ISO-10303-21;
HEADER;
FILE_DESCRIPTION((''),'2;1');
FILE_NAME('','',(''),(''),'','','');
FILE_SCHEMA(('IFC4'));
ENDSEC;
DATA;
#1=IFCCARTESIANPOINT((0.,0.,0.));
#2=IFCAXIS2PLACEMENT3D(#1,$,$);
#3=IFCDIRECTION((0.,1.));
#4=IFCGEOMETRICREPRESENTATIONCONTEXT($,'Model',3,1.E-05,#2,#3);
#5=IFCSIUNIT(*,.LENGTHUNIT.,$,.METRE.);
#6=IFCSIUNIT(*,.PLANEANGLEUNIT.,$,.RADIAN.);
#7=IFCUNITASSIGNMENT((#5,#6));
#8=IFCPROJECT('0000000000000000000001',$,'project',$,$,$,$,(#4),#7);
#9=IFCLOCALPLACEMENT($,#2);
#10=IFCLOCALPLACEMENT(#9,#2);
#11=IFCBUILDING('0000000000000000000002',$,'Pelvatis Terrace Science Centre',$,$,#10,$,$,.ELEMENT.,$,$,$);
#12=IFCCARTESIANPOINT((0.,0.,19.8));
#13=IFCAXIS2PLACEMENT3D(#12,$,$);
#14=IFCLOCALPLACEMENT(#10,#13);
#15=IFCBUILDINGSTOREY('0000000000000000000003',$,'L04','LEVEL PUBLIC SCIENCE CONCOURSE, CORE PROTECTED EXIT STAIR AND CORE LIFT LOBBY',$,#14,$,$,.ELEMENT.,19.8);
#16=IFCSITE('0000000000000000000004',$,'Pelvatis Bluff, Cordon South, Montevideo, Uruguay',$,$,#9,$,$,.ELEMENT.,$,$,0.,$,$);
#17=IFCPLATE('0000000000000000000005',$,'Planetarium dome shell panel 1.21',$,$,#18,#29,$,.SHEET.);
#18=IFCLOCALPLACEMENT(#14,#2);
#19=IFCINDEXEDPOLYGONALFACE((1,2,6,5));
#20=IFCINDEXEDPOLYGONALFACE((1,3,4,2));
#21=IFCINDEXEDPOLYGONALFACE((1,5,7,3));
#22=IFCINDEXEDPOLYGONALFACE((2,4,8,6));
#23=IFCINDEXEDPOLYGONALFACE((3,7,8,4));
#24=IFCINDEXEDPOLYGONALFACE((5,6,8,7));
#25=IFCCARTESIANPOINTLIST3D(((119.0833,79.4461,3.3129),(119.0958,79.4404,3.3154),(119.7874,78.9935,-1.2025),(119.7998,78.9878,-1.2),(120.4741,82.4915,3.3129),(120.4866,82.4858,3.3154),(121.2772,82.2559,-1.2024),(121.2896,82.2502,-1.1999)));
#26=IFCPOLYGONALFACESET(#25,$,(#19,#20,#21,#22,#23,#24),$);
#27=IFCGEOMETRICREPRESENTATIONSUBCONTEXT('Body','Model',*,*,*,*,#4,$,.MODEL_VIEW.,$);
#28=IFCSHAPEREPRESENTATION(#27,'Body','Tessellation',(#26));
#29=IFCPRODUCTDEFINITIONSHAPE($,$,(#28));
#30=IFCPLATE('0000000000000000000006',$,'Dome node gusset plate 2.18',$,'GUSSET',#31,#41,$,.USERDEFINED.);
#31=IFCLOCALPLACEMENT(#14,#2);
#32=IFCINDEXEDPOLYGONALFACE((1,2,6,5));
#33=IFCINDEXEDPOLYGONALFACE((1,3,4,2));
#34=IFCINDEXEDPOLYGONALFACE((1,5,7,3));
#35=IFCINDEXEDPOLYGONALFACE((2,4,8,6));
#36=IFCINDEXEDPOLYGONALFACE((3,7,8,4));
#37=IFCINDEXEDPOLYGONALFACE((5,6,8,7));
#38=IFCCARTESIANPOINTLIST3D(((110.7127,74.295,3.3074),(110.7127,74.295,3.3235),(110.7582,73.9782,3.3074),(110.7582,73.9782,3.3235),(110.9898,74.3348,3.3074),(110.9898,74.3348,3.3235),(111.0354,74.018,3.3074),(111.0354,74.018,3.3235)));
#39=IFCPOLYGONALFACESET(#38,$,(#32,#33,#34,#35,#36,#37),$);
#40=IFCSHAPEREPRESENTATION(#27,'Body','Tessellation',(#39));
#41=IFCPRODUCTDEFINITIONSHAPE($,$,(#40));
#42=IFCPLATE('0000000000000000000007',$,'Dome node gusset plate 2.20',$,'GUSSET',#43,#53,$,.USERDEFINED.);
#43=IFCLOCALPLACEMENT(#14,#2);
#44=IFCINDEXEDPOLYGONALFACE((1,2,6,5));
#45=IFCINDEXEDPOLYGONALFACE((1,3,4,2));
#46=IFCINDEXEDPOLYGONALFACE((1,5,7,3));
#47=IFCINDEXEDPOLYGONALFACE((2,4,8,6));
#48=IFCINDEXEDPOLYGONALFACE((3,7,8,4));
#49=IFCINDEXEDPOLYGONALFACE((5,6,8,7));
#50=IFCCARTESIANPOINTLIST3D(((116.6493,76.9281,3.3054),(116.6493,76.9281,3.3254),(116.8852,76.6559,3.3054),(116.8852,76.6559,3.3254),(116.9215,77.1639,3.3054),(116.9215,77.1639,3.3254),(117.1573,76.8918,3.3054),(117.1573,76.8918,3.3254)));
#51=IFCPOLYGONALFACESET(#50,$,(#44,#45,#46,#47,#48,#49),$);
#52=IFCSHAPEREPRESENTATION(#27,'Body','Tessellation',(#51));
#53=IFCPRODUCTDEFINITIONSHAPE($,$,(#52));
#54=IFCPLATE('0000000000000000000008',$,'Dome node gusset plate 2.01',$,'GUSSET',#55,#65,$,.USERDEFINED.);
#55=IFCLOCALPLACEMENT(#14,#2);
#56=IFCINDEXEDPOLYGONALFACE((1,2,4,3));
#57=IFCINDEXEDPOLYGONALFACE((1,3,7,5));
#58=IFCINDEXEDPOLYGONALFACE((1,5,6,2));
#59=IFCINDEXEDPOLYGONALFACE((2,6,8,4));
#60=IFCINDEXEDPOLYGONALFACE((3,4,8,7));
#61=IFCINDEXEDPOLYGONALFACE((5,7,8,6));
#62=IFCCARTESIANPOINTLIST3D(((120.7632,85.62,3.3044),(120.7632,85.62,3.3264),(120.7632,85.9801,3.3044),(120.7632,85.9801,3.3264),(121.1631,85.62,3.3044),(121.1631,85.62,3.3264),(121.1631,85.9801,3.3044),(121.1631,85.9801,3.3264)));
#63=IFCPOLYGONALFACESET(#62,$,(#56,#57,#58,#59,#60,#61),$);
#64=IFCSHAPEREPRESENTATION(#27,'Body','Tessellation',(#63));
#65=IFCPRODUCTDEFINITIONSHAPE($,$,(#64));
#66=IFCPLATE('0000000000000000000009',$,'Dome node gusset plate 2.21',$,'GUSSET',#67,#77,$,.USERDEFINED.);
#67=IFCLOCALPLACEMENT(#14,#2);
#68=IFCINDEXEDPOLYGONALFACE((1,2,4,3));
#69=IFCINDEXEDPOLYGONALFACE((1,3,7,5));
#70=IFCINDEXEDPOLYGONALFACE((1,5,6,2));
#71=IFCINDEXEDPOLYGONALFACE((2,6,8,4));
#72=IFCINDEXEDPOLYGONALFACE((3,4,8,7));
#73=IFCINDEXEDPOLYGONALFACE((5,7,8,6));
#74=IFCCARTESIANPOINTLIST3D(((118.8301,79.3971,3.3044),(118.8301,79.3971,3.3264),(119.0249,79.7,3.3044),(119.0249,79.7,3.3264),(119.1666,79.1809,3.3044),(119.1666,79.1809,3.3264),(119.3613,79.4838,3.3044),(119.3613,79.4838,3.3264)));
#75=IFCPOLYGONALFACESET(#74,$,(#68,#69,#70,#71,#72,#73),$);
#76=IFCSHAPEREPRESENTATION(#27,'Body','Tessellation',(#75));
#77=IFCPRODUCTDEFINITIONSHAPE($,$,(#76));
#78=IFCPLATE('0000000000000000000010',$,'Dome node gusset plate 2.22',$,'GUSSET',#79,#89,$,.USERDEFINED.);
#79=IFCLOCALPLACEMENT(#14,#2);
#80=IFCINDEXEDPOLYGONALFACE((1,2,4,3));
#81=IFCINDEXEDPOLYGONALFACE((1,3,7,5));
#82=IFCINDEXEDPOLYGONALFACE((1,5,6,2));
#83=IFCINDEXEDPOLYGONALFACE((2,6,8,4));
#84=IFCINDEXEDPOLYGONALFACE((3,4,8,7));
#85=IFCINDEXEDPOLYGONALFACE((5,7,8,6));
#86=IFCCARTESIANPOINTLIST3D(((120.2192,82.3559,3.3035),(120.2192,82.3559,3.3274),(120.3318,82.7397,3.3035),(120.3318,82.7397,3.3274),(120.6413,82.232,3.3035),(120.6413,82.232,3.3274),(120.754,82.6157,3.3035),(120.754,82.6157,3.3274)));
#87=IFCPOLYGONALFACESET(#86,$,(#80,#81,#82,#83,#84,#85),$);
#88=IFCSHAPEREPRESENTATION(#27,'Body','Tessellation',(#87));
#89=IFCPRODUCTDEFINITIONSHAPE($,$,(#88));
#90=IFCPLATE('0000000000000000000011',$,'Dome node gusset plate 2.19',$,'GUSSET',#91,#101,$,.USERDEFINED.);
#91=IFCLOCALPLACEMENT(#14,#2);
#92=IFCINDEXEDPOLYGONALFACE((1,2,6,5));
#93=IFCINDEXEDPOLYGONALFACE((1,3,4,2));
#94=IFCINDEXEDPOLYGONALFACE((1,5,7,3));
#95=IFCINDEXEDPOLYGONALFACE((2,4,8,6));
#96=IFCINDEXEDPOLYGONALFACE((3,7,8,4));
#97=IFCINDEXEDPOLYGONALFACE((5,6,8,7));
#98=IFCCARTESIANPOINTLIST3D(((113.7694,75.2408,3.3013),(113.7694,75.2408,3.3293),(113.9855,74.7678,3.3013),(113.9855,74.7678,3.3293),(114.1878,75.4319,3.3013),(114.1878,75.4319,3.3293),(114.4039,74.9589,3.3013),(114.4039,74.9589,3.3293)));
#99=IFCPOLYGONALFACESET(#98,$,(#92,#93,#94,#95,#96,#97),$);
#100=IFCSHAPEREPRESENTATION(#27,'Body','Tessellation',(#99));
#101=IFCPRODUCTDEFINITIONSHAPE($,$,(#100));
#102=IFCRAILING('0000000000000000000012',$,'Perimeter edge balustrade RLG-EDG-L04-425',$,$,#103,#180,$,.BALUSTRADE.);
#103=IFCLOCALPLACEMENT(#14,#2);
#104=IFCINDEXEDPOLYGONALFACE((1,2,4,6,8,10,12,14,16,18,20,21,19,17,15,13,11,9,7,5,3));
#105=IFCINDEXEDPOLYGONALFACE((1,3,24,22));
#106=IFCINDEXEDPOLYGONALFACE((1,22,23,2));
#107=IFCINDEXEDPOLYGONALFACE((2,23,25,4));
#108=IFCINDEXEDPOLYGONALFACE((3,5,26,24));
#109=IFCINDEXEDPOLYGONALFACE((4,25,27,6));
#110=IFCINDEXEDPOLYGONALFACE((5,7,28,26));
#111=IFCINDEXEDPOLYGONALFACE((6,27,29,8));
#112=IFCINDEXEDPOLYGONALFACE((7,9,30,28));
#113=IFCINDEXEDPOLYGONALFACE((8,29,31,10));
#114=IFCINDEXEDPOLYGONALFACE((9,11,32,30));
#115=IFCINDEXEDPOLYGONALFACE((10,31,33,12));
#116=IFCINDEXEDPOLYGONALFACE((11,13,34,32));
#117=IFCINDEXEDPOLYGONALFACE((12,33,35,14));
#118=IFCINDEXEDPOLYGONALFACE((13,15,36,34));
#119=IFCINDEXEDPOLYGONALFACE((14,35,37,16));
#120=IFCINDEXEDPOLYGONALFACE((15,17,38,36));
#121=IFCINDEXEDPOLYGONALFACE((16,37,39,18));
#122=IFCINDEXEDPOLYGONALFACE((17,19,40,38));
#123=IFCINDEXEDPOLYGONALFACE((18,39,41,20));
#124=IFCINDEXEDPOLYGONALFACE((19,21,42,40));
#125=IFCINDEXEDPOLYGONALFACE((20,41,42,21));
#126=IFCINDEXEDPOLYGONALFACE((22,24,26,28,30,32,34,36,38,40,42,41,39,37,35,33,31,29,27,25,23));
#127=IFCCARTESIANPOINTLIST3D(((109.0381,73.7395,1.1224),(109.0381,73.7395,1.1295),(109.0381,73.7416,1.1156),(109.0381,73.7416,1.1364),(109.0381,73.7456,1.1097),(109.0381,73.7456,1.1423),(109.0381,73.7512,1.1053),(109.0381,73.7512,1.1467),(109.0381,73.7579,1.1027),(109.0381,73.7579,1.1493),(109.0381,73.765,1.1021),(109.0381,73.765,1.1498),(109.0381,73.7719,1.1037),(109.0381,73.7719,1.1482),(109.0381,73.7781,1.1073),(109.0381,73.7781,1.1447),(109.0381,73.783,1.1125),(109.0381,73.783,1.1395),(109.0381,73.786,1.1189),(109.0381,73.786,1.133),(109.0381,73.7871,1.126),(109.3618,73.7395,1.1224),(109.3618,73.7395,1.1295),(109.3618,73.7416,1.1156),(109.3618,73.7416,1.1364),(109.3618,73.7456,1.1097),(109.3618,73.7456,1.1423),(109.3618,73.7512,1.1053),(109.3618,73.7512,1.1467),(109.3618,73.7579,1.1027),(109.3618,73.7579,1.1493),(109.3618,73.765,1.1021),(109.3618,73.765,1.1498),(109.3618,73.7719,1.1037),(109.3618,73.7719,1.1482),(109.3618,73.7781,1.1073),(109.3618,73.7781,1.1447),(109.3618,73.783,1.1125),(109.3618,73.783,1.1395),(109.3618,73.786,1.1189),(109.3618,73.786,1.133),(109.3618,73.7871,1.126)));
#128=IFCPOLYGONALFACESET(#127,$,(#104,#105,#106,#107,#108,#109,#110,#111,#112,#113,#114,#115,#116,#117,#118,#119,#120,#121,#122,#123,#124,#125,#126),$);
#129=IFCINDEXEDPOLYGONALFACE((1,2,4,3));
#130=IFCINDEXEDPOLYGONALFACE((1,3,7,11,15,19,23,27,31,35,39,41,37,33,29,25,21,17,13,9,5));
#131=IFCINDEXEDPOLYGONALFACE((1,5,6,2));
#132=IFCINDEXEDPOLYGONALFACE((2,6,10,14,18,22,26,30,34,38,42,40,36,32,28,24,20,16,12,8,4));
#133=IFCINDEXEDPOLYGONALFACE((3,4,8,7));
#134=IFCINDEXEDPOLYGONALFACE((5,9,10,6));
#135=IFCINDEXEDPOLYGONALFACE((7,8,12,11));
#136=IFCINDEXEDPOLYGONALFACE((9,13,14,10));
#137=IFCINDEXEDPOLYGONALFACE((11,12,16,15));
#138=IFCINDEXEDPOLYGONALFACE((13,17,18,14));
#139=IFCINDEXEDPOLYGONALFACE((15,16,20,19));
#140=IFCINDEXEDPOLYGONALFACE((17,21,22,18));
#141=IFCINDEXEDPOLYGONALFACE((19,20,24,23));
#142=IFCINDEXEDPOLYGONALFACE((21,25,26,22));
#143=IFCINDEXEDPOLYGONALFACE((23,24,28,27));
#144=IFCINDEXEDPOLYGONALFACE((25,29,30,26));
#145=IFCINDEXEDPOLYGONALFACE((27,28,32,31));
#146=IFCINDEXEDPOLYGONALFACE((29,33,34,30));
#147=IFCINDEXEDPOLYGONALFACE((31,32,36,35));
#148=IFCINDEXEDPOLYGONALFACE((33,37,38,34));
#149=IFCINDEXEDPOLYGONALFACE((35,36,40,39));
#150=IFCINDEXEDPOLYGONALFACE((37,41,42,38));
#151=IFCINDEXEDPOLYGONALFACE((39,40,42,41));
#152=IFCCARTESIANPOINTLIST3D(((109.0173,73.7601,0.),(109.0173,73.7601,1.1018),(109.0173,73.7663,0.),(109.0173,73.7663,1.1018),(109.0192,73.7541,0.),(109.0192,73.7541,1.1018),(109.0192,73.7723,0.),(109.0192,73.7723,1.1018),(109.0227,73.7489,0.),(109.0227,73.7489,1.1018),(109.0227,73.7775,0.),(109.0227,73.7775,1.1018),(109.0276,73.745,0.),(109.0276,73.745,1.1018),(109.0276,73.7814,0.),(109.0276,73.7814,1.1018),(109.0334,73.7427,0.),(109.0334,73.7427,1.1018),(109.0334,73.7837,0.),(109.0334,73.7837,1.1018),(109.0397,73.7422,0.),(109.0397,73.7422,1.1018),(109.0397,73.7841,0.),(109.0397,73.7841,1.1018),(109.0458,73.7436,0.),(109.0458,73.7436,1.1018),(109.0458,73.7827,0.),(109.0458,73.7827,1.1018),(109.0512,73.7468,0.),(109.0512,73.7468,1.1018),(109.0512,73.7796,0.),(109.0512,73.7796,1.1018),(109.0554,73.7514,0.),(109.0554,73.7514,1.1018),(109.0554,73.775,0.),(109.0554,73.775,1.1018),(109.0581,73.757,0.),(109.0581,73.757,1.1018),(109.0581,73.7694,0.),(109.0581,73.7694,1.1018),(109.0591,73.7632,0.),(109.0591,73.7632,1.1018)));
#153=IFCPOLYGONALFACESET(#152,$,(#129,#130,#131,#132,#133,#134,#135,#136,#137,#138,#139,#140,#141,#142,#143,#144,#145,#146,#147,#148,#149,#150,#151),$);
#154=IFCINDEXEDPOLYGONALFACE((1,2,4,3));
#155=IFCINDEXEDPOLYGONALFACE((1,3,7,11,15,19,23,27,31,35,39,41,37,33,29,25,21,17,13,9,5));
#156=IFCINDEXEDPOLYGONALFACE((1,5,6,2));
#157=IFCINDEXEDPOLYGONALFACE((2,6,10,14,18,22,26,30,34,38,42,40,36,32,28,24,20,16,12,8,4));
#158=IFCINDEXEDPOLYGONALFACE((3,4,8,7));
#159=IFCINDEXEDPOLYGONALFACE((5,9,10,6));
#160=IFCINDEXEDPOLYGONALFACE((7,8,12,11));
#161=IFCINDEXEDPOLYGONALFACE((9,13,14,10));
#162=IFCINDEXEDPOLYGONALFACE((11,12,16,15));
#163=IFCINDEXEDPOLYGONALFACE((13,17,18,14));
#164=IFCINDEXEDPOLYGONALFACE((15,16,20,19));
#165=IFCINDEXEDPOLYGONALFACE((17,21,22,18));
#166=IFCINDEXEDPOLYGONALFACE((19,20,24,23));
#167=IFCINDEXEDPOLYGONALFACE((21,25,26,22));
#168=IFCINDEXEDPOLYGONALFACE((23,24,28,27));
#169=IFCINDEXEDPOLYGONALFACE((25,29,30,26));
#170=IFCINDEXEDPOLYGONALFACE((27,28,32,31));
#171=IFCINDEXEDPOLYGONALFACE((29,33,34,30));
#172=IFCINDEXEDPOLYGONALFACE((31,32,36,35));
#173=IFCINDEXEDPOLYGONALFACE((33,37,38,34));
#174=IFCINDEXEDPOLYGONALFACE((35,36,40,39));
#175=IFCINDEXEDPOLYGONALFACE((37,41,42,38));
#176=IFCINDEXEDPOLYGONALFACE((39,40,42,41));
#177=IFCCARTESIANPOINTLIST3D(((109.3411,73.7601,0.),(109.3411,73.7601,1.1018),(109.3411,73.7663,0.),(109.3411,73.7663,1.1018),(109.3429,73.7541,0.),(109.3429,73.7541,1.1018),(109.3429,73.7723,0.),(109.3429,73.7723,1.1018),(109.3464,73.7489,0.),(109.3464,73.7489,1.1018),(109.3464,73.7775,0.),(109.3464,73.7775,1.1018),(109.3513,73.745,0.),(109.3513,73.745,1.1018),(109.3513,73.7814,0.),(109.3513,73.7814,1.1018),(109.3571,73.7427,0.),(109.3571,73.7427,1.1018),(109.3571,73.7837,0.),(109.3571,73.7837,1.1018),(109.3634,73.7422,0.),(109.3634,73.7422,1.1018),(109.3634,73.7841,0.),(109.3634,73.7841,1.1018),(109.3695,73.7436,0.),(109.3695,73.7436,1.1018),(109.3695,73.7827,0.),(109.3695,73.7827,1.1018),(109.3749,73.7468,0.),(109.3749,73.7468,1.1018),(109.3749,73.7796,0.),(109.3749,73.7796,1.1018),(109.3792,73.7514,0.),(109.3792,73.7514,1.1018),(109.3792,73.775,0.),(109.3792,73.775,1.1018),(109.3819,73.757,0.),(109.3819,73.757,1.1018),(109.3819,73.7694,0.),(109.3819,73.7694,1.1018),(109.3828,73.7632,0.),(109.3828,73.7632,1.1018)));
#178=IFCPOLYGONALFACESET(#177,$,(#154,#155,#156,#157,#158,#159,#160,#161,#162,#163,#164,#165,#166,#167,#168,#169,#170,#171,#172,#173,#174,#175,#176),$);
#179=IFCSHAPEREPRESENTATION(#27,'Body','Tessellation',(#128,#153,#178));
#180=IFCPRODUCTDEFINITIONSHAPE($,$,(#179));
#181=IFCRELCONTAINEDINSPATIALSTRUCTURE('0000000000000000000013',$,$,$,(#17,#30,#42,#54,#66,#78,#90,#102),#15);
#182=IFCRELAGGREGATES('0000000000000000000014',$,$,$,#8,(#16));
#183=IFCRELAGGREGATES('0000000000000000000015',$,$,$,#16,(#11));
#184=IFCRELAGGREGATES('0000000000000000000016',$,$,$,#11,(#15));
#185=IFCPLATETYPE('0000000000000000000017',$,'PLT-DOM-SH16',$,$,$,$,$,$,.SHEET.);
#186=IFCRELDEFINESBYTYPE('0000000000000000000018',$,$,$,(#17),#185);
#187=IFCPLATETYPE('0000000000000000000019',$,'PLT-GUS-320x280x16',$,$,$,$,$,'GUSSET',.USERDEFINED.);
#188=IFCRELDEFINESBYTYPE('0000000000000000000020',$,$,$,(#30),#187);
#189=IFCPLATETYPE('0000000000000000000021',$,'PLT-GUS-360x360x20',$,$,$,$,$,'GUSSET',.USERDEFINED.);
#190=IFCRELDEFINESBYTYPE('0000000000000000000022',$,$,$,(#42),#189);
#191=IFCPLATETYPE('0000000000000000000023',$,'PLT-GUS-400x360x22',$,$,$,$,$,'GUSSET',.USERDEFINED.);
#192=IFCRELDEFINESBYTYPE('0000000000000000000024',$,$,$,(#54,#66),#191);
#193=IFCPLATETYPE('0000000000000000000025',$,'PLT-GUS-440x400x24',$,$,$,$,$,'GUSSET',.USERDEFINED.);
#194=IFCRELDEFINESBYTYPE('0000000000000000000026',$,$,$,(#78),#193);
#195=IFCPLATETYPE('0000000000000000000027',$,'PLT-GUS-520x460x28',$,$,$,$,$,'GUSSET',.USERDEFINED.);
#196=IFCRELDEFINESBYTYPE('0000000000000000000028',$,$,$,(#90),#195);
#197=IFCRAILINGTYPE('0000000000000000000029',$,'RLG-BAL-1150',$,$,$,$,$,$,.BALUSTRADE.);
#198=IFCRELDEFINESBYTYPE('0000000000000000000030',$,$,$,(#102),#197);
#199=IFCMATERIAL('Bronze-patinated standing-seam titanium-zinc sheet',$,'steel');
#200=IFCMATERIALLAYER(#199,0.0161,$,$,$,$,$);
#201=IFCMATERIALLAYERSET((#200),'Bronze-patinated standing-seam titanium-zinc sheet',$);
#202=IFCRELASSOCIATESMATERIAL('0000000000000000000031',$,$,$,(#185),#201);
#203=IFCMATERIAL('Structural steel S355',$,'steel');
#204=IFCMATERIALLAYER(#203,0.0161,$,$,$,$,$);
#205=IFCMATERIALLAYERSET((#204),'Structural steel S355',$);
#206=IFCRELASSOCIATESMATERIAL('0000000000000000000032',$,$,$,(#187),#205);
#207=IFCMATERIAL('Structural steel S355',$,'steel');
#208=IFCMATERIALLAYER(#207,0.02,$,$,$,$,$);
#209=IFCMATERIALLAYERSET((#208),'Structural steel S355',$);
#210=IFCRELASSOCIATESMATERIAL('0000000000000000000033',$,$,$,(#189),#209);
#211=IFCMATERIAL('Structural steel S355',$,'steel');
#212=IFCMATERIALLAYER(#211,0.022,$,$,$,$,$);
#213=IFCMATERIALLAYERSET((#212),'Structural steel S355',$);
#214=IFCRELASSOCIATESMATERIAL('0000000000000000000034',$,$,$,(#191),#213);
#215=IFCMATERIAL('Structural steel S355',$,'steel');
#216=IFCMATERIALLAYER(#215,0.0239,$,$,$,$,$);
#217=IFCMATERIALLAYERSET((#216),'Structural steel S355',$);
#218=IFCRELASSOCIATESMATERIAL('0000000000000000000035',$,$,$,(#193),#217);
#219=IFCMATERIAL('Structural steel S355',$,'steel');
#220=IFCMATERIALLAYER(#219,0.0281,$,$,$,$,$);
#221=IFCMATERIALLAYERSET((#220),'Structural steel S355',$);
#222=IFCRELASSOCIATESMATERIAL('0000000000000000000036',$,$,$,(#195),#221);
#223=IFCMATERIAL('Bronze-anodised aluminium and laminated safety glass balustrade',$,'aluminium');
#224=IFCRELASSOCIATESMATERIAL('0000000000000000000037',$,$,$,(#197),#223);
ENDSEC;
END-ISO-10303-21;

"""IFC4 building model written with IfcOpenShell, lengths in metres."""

from ifc_helpers import new_model, si_unit, direction, frame, origin, origin_2d, place, context, subcontext, project, spatial, polyline, rectangle, circle, outline, extrude, material, layer, layer_set, type_object, element, save


model = new_model("IFC4")

# Units and contexts
model_context = context("Model", 3, precision=1e-05, world=origin(), true_north=direction((0.0, 1.0)))
body_context = subcontext(model_context, "Body", "Model", "MODEL_VIEW")
ifc_project = project(units=[si_unit("LENGTHUNIT", "METRE"), si_unit("PLANEANGLEUNIT", "RADIAN")], contexts=[model_context])

# Site, building, storey
site_placement = place(None, origin())
site = spatial("IfcSite", under=ifc_project, at=site_placement, Name="Pelvatis Bluff, Cordon South, Montevideo, Uruguay", CompositionType="ELEMENT", RefElevation=0.0)
building_placement = place(site_placement, origin())
building = spatial("IfcBuilding", under=site, at=building_placement, Name="Pelvatis Terrace Science Centre", CompositionType="ELEMENT")
storey_placement = place(building_placement, frame((0.0, 0.0, 19.8)))
storey = spatial("IfcBuildingStorey", under=building, at=storey_placement, Name="L04", Description="LEVEL PUBLIC SCIENCE CONCOURSE, CORE PROTECTED EXIT STAIR AND CORE LIFT LOBBY", CompositionType="ELEMENT", Elevation=19.8)

# Plates
ifc_material_1 = material(Name="Bronze-patinated standing-seam titanium-zinc sheet", Category="steel")
ifc_layer_1 = layer(ifc_material_1, 0.0161)
ifc_layer_set_1 = layer_set([ifc_layer_1], Name="Bronze-patinated standing-seam titanium-zinc sheet")
plate_type_1 = type_object("IfcPlateType", Name="PLT-DOM-SH16", PredefinedType="SHEET", material=ifc_layer_set_1)
plate_1_placement = place(storey_placement, frame((119.7998, 78.9878, -1.2), z_axis=(0.894705, -0.408585, 0.180449), x_axis=(0.415404, 0.909637, 0.000005)))
element("IfcPlate", 1, at=plate_1_placement, inside=storey, type_object=plate_type_1, Name="Planetarium dome shell panel 1.21", PredefinedType="SHEET", context=body_context, shape_type="SweptSolid", body=[
    extrude(outline(polyline([(0.0, 0.0), (3.5865, 0.0), (3.4673, 4.5907), (0.1193, 4.5908), (0.0, 0.0)])), origin(), (0.0, 0.0, -1.0), 0.0139),
])
ifc_material_2 = material(Name="Structural steel S355", Category="steel")
ifc_layer_2 = layer(ifc_material_2, 0.0161)
ifc_layer_set_2 = layer_set([ifc_layer_2], Name="Structural steel S355")
plate_type_2 = type_object("IfcPlateType", Name="PLT-GUS-320x280x16", ElementType="GUSSET", PredefinedType="USERDEFINED", material=ifc_layer_set_2)
plate_2_placement = place(storey_placement, frame((110.874, 74.1565, 3.3074), z_axis=(0.0, 0.0, 1.0), x_axis=(0.142283, -0.989826, 0.0)))
element("IfcPlate", 2, at=plate_2_placement, inside=storey, type_object=plate_type_2, Name="Dome node gusset plate 2.18", ObjectType="GUSSET", PredefinedType="USERDEFINED", context=body_context, shape_type="SweptSolid", body=[
    extrude(rectangle(XDim=0.3201, YDim=0.28, at=origin_2d()), origin(), (0.0, 0.0, 1.0), 0.0161),
])
ifc_material_3 = material(Name="Structural steel S355", Category="steel")
ifc_layer_3 = layer(ifc_material_3, 0.02)
ifc_layer_set_3 = layer_set([ifc_layer_3], Name="Structural steel S355")
plate_type_3 = type_object("IfcPlateType", Name="PLT-GUS-360x360x20", ElementType="GUSSET", PredefinedType="USERDEFINED", material=ifc_layer_set_3)
plate_3_placement = place(storey_placement, frame((116.9033, 76.9099, 3.3054), z_axis=(0.0, 0.0, 1.0), x_axis=(0.654873, -0.755739, 0.0)))
element("IfcPlate", 3, at=plate_3_placement, inside=storey, type_object=plate_type_3, Name="Dome node gusset plate 2.20", ObjectType="GUSSET", PredefinedType="USERDEFINED", context=body_context, shape_type="SweptSolid", body=[
    extrude(rectangle(XDim=0.3601, YDim=0.3601, at=origin_2d()), origin(), (0.0, 0.0, 1.0), 0.02),
])
ifc_material_4 = material(Name="Structural steel S355", Category="steel")
ifc_layer_4 = layer(ifc_material_4, 0.022)
ifc_layer_set_4 = layer_set([ifc_layer_4], Name="Structural steel S355")
plate_type_4 = type_object("IfcPlateType", Name="PLT-GUS-400x360x22", ElementType="GUSSET", PredefinedType="USERDEFINED", material=ifc_layer_set_4)
for number, where, z_axis, x_axis, name in (
    (4, (120.9631, 85.8, 3.3044), (0.0, 0.0, 1.0), (1.0, 0.0, 0.0), "Dome node gusset plate 2.01"),
    (5, (119.0957, 79.4404, 3.3044), (0.0, 0.0, 1.0), (0.841228, -0.540681, 0.0), "Dome node gusset plate 2.21"),
):
    element("IfcPlate", number, at=place(storey_placement, frame(where, z_axis=z_axis, x_axis=x_axis)), inside=storey, type_object=plate_type_4, Name=name, ObjectType="GUSSET", PredefinedType="USERDEFINED", context=body_context, shape_type="SweptSolid", body=[
        extrude(rectangle(XDim=0.3999, YDim=0.3601, at=origin_2d()), origin(), (0.0, 0.0, 1.0), 0.022),
    ])
ifc_material_5 = material(Name="Structural steel S355", Category="steel")
ifc_layer_5 = layer(ifc_material_5, 0.0239)
ifc_layer_set_5 = layer_set([ifc_layer_5], Name="Structural steel S355")
plate_type_5 = type_object("IfcPlateType", Name="PLT-GUS-440x400x24", ElementType="GUSSET", PredefinedType="USERDEFINED", material=ifc_layer_set_5)
plate_4_placement = place(storey_placement, frame((120.4866, 82.4858, 3.3035), z_axis=(0.0, 0.0, 1.0), x_axis=(0.959511, -0.281672, 0.0)))
element("IfcPlate", 6, at=plate_4_placement, inside=storey, type_object=plate_type_5, Name="Dome node gusset plate 2.22", ObjectType="GUSSET", PredefinedType="USERDEFINED", context=body_context, shape_type="SweptSolid", body=[
    extrude(rectangle(XDim=0.4399, YDim=0.3999, at=origin_2d()), origin(), (0.0, 0.0, 1.0), 0.0239),
])
ifc_material_6 = material(Name="Structural steel S355", Category="steel")
ifc_layer_6 = layer(ifc_material_6, 0.0281)
ifc_layer_set_6 = layer_set([ifc_layer_6], Name="Structural steel S355")
plate_type_6 = type_object("IfcPlateType", Name="PLT-GUS-520x460x28", ElementType="GUSSET", PredefinedType="USERDEFINED", material=ifc_layer_set_6)
plate_5_placement = place(storey_placement, frame((114.0867, 75.0999, 3.3013), z_axis=(0.0, 0.0, 1.0), x_axis=(0.415487, -0.909599, 0.0)))
element("IfcPlate", 7, at=plate_5_placement, inside=storey, type_object=plate_type_6, Name="Dome node gusset plate 2.19", ObjectType="GUSSET", PredefinedType="USERDEFINED", context=body_context, shape_type="SweptSolid", body=[
    extrude(rectangle(XDim=0.52, YDim=0.46, at=origin_2d()), origin(), (0.0, 0.0, 1.0), 0.0281),
])

# Railing
ifc_material_7 = material(Name="Bronze-anodised aluminium and laminated safety glass balustrade", Category="aluminium")
railing_type = type_object("IfcRailingType", Name="RLG-BAL-1150", PredefinedType="BALUSTRADE", material=ifc_material_7)
railing_1_placement = place(storey_placement, frame((109.0381, 73.7632, 0.0)))
element("IfcRailing", 8, at=railing_1_placement, inside=storey, type_object=railing_type, Name="Perimeter edge balustrade RLG-EDG-L04-425", PredefinedType="BALUSTRADE", context=body_context, shape_type="SweptSolid", body=[
    extrude(circle(Radius=0.0239, at=origin_2d()), frame((0.0, 0.0, 1.126), z_axis=(1.0, 0.0, 0.0), x_axis=(0.0, 1.0, 0.0)), (0.0, 0.0, 1.0), 0.3237),
    extrude(circle(Radius=0.021, at=origin_2d()), origin(), (0.0, 0.0, 1.0), 1.1018),
    extrude(circle(Radius=0.021, at=origin_2d()), frame((0.3237, 0.0, 0.0)), (0.0, 0.0, 1.0), 1.1018),
])

save(model, "model.ifc")
